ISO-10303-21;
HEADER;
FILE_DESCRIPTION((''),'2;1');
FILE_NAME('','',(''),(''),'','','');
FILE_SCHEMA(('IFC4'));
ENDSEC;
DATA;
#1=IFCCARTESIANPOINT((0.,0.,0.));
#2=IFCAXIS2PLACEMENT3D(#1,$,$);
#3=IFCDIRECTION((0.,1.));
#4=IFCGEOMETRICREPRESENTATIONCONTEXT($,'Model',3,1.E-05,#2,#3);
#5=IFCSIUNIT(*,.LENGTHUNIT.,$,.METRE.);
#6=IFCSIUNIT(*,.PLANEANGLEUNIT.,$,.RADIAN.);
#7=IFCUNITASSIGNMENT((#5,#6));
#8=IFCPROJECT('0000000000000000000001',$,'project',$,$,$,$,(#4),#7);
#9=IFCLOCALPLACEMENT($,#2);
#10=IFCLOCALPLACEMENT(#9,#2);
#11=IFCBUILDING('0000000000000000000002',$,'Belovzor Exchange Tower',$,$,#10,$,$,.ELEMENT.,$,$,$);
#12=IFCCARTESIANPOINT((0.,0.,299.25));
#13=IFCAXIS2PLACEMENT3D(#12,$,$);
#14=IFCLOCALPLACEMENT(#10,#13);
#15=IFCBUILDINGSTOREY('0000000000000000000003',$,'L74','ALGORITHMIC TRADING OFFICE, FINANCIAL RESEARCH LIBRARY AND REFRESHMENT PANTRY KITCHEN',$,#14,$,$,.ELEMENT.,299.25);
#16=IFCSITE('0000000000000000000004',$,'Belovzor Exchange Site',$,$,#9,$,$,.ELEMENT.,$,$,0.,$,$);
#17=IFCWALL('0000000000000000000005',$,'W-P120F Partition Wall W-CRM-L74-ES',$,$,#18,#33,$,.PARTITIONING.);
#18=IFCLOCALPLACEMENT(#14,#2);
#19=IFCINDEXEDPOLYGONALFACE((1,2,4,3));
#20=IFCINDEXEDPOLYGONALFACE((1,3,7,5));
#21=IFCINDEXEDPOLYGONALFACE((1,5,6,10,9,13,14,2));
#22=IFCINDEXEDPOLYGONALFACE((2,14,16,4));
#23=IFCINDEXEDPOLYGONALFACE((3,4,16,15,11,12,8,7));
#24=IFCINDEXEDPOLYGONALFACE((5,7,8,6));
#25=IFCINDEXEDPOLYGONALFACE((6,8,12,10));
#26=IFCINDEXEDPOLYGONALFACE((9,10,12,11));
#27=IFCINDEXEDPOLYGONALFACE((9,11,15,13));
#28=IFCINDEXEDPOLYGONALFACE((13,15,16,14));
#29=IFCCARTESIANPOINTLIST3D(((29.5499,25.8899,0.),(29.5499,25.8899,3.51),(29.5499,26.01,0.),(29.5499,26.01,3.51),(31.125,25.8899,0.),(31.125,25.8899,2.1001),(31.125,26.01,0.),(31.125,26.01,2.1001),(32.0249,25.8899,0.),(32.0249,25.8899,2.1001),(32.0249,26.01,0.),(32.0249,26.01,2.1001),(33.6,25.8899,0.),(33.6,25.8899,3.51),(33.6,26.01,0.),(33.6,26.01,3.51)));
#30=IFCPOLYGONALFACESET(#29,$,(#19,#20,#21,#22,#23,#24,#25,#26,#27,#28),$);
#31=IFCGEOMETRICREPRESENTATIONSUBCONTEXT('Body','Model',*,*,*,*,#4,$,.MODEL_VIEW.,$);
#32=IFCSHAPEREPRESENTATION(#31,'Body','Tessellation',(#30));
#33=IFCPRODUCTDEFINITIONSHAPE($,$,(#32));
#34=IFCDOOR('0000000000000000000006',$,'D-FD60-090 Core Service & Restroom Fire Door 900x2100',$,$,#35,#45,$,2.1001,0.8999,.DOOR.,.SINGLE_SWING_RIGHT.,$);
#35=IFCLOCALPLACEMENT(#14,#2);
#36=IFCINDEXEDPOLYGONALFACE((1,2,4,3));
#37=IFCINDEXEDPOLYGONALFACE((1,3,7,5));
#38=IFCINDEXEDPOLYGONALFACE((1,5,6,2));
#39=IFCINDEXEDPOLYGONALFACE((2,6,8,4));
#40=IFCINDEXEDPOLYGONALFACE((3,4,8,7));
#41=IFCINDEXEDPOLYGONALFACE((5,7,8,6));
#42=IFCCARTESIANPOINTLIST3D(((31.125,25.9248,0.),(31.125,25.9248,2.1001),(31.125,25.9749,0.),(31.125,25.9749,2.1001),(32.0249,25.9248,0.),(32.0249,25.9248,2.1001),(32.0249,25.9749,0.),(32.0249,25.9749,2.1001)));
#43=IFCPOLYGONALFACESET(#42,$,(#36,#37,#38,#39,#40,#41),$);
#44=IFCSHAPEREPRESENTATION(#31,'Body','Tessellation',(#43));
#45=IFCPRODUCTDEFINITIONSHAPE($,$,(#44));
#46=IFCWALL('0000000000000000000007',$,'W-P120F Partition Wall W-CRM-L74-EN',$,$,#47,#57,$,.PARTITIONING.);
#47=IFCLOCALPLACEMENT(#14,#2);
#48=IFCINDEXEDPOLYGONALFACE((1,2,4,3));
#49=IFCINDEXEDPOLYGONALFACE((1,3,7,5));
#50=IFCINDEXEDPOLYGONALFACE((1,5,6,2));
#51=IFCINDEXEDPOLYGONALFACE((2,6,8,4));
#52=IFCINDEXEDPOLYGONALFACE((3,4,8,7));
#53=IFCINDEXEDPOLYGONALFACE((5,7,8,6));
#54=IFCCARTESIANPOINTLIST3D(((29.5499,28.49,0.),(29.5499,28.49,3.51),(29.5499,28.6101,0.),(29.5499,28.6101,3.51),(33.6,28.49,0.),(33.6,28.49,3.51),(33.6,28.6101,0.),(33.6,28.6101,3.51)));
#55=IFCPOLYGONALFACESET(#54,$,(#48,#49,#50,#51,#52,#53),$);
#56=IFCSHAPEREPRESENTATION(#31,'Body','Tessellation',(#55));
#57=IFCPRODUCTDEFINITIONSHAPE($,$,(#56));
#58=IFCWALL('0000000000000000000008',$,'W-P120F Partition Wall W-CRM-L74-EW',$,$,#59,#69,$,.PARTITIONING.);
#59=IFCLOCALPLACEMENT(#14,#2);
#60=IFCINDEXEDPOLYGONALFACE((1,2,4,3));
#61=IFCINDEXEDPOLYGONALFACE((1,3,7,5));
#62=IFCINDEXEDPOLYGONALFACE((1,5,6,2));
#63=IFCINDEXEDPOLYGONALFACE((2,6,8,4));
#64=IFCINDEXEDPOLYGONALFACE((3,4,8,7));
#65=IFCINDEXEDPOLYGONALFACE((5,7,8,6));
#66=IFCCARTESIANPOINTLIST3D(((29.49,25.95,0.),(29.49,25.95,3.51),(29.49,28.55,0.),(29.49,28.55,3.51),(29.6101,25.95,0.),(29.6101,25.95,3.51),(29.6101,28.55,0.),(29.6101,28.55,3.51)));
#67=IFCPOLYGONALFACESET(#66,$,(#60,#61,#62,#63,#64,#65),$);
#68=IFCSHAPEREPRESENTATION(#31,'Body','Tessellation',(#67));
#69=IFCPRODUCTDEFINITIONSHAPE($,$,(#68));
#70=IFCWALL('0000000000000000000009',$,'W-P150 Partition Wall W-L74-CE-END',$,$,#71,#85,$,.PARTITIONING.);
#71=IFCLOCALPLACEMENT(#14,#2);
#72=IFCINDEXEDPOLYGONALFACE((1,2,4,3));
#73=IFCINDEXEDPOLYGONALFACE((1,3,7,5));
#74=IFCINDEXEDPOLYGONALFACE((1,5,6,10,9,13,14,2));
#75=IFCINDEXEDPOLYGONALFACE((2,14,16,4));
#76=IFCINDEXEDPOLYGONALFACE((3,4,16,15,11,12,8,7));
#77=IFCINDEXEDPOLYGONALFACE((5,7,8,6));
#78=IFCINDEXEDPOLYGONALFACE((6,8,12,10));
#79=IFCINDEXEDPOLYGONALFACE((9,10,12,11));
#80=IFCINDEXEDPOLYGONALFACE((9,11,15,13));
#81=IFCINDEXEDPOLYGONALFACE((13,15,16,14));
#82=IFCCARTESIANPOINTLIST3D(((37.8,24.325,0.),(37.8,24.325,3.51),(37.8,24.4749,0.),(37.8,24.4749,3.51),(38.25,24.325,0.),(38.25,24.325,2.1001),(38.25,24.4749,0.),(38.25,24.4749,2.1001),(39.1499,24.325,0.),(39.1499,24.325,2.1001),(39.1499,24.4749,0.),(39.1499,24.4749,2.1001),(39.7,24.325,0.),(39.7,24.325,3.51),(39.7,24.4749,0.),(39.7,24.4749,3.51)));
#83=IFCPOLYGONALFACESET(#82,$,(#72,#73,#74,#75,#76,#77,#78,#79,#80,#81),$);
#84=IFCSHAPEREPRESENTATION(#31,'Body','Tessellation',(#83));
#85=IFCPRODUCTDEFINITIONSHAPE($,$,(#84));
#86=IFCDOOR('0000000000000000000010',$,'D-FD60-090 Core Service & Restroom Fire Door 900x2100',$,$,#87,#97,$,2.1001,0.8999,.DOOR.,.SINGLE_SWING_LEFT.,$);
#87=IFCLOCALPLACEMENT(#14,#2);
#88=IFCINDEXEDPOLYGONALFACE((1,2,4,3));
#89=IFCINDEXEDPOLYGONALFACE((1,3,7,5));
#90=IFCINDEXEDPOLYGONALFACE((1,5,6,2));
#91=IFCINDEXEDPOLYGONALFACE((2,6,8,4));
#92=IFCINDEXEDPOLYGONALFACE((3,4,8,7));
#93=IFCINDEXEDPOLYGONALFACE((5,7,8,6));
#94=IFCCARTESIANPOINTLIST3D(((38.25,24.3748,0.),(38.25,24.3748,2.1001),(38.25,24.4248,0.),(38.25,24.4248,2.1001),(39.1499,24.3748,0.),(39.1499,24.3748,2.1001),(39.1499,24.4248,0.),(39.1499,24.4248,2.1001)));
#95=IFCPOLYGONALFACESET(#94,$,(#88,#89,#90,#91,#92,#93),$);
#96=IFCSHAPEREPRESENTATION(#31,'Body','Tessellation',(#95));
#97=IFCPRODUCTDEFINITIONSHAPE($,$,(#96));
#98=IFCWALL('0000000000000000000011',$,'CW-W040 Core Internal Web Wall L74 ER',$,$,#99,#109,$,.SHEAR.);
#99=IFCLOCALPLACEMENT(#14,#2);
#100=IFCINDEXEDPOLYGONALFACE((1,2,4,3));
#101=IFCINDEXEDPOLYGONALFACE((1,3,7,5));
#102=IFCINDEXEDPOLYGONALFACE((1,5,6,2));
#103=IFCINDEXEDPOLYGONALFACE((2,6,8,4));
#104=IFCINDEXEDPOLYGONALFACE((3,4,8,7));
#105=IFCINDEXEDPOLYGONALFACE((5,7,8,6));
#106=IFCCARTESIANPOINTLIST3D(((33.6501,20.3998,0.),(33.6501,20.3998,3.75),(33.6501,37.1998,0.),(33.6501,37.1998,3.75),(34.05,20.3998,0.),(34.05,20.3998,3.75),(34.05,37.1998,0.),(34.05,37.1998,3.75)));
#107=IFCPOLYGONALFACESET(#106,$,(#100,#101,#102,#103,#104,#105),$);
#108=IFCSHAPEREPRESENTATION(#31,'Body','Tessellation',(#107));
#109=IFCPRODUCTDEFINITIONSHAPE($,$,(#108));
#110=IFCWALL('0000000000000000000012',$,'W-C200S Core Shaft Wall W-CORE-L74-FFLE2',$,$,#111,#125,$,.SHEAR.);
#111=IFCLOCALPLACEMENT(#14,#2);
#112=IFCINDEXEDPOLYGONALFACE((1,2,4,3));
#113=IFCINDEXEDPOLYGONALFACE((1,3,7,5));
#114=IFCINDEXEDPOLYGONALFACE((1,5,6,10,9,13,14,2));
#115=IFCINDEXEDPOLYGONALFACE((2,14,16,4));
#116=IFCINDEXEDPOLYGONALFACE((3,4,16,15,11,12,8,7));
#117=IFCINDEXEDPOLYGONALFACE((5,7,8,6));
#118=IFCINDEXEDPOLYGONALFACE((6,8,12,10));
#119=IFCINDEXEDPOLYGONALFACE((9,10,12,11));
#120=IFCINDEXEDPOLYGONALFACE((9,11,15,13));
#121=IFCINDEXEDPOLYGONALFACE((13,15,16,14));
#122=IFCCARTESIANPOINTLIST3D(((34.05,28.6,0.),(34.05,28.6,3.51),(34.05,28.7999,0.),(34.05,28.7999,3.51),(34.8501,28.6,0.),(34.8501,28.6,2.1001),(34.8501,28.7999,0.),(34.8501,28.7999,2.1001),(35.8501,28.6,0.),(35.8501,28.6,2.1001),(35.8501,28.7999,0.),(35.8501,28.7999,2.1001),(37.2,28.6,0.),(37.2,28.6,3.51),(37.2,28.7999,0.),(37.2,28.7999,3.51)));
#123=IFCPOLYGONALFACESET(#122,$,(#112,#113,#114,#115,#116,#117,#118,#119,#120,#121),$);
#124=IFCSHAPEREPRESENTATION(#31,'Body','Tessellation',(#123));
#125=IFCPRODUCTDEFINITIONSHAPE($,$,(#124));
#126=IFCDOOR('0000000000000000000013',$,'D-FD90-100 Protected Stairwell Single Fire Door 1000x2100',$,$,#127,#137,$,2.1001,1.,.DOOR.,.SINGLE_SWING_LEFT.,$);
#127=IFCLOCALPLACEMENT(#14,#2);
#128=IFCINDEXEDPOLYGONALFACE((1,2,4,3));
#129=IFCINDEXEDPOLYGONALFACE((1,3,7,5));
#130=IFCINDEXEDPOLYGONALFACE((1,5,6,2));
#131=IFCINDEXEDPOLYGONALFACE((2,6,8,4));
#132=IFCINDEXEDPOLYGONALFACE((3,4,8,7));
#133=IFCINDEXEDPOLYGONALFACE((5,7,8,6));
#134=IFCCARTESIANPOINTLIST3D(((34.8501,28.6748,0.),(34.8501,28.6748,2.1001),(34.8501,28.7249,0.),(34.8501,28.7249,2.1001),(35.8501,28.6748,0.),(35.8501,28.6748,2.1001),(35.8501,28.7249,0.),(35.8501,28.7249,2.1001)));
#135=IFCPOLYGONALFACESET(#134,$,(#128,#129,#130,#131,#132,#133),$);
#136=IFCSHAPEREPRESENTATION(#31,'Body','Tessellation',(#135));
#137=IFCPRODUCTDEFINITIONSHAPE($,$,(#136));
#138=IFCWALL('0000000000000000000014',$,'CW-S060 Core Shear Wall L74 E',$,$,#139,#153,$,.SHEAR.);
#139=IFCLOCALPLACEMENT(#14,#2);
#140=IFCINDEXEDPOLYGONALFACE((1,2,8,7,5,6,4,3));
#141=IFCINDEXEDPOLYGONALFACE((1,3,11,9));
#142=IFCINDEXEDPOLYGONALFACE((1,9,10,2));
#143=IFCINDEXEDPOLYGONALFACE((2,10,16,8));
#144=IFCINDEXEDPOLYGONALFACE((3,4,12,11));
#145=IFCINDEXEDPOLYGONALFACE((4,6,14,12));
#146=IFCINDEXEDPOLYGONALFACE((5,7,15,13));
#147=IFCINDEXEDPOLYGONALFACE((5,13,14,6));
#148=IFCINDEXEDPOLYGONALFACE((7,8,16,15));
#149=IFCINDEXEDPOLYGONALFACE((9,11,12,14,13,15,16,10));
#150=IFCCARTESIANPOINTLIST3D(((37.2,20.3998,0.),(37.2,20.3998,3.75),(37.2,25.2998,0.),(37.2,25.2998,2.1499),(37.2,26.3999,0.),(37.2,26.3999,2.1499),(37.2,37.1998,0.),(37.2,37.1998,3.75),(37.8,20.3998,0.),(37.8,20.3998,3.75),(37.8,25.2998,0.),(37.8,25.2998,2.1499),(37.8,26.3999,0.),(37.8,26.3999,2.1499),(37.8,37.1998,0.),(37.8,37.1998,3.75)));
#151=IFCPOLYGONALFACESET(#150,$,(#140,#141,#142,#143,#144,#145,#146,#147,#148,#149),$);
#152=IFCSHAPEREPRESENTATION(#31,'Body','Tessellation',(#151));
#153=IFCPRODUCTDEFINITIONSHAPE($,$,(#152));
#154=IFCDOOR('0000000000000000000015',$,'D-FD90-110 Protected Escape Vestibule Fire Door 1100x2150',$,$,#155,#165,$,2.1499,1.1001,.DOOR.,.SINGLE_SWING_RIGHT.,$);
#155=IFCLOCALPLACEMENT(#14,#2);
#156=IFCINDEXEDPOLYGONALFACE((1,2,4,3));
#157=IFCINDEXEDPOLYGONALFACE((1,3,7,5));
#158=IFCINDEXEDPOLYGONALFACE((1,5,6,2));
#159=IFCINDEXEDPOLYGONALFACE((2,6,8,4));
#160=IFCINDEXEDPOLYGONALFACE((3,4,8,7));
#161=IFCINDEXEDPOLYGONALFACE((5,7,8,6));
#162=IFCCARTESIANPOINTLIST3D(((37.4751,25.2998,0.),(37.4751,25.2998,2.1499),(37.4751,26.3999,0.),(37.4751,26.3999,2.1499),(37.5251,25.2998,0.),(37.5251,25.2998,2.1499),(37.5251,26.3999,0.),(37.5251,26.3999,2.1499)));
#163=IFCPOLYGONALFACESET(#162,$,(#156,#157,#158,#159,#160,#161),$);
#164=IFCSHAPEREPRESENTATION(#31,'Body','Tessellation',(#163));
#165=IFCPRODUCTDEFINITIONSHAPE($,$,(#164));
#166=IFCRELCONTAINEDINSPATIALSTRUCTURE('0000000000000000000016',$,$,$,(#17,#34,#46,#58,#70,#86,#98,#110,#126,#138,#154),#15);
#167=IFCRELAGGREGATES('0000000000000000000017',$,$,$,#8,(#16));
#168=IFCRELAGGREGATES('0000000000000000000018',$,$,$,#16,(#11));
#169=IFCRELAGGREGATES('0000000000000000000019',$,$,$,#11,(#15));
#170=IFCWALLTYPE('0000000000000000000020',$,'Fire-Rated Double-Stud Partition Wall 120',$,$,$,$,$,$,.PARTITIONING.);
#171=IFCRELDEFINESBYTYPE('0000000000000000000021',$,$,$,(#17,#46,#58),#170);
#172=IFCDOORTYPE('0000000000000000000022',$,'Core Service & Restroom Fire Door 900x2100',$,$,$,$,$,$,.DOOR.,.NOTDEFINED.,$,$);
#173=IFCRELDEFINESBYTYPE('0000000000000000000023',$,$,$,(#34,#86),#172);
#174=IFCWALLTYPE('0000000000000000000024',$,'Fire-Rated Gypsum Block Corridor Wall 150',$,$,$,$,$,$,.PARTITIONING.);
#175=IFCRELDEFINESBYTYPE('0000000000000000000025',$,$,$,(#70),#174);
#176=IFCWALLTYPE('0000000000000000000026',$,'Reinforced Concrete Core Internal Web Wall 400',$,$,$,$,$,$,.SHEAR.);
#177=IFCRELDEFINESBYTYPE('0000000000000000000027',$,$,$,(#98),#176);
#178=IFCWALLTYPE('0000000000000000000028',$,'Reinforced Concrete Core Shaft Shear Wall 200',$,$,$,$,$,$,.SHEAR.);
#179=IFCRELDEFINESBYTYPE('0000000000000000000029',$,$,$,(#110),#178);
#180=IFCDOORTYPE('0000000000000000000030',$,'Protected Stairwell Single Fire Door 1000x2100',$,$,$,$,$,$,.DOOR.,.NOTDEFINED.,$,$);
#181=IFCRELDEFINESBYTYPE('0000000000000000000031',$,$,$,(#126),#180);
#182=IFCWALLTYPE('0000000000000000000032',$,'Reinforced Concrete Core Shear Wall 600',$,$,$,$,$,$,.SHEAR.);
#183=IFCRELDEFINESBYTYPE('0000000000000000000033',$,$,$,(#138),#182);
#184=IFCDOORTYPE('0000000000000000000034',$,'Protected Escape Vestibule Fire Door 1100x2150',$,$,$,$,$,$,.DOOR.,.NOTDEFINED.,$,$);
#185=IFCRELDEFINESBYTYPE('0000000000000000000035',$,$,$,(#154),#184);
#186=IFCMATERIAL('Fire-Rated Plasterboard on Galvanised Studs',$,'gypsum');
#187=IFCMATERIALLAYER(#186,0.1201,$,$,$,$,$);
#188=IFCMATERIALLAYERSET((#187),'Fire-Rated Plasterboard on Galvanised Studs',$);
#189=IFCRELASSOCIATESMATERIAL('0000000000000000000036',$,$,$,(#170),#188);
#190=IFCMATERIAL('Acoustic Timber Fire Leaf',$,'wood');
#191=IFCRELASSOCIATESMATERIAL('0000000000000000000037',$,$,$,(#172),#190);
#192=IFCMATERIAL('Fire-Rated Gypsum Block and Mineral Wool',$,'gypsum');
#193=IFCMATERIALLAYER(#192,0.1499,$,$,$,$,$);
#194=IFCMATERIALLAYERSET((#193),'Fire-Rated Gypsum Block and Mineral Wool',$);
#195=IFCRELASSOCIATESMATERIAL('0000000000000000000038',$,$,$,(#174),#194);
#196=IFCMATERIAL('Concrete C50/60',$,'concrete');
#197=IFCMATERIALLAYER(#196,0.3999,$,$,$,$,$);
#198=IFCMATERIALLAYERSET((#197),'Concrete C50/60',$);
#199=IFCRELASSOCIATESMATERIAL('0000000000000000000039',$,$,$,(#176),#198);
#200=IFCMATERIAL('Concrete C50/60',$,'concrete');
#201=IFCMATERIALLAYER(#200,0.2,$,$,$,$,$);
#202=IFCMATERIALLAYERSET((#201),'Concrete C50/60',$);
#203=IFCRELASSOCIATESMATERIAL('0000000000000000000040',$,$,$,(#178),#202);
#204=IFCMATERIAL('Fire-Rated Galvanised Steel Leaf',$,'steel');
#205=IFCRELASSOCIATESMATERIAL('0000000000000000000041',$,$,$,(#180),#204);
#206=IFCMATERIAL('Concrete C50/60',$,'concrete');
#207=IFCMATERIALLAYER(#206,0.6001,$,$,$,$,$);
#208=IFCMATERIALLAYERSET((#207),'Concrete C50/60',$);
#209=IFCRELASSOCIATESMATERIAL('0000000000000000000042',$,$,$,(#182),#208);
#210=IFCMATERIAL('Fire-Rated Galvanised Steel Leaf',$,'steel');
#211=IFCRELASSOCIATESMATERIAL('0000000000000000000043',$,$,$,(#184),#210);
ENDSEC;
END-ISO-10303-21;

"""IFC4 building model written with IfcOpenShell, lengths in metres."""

from ifc_helpers import new_model, si_unit, direction, frame, frame_2d, origin, place, context, subcontext, project, spatial, rectangle, extrude, material, layer, layer_set, type_object, element, fill, save


model = new_model("IFC4")

# Units and contexts
model_context = context("Model", 3, precision=1e-05, world=origin(), true_north=direction((0.0, 1.0)))
body_context = subcontext(model_context, "Body", "Model", "MODEL_VIEW")
ifc_project = project(units=[si_unit("LENGTHUNIT", "METRE"), si_unit("PLANEANGLEUNIT", "RADIAN")], contexts=[model_context])

# Site, building, storey
site_placement = place(None, origin())
site = spatial("IfcSite", under=ifc_project, at=site_placement, Name="Belovzor Exchange Site", CompositionType="ELEMENT", RefElevation=0.0)
building_placement = place(site_placement, origin())
building = spatial("IfcBuilding", under=site, at=building_placement, Name="Belovzor Exchange Tower", CompositionType="ELEMENT")
storey_placement = place(building_placement, frame((0.0, 0.0, 299.25)))
storey = spatial("IfcBuildingStorey", under=building, at=storey_placement, Name="L74", Description="ALGORITHMIC TRADING OFFICE, FINANCIAL RESEARCH LIBRARY AND REFRESHMENT PANTRY KITCHEN", CompositionType="ELEMENT", Elevation=299.25)

# Shared definitions
ifc_material_1 = material(Name="Fire-Rated Plasterboard on Galvanised Studs", Category="gypsum")
ifc_layer_1 = layer(ifc_material_1, 0.1201)
ifc_layer_set_1 = layer_set([ifc_layer_1], Name="Fire-Rated Plasterboard on Galvanised Studs")
wall_type_1 = type_object("IfcWallType", Name="Fire-Rated Double-Stud Partition Wall 120", PredefinedType="PARTITIONING", material=ifc_layer_set_1)

# Shared definitions
ifc_material_2 = material(Name="Acoustic Timber Fire Leaf", Category="wood")
door_type_1 = type_object("IfcDoorType", Name="Core Service & Restroom Fire Door 900x2100", OperationType="NOTDEFINED", PredefinedType="DOOR", material=ifc_material_2)

# Wall, opening, door
wall_1_placement = place(storey_placement, frame((29.55, 25.95, 0.0), z_axis=(0.0, 0.0, 1.0), x_axis=(1.0, 0.0, 0.0)))
wall_1 = element("IfcWall", 1, at=wall_1_placement, inside=storey, type_object=wall_type_1, Name="W-P120F Partition Wall W-CRM-L74-ES", PredefinedType="PARTITIONING", context=body_context, shape_type="SweptSolid", body=[
    extrude(rectangle(XDim=4.05, YDim=0.1201, at=frame_2d((2.0249, 0.0))), origin(), (0.0, 0.0, 1.0), 3.51),
])
opening_1_placement = place(wall_1_placement, frame((1.575, 0.0, 0.0)))
opening_1 = element("IfcOpeningElement", 2, at=opening_1_placement, cuts=wall_1, PredefinedType="OPENING", context=body_context, shape_type="SweptSolid", body=[
    extrude(rectangle(XDim=0.8999, YDim=2.1001, at=frame_2d((0.45, 1.05))), frame((0.0, 0.0701, 0.0), z_axis=(0.0, -1.0, 0.0), x_axis=(1.0, 0.0, 0.0)), (0.0, 0.0, 1.0), 0.1401),
])
door_1_placement = place(opening_1_placement, origin())
door_1 = element("IfcDoor", 3, at=door_1_placement, inside=storey, type_object=door_type_1, Name="D-FD60-090 Core Service & Restroom Fire Door 900x2100", OperationType="SINGLE_SWING_RIGHT", OverallHeight=2.1001, OverallWidth=0.8999, PredefinedType="DOOR", context=body_context, shape_type="SweptSolid", body=[
    extrude(rectangle(XDim=0.8999, YDim=2.1001, at=frame_2d((0.45, 1.05))), frame((0.0, 0.0249, 0.0), z_axis=(0.0, -1.0, 0.0), x_axis=(1.0, 0.0, 0.0)), (0.0, 0.0, 1.0), 0.05),
])
fill(opening_1, door_1)

# Walls
wall_2_placement = place(storey_placement, frame((29.55, 28.55, 0.0), z_axis=(0.0, 0.0, 1.0), x_axis=(1.0, 0.0, 0.0)))
element("IfcWall", 4, at=wall_2_placement, inside=storey, type_object=wall_type_1, Name="W-P120F Partition Wall W-CRM-L74-EN", PredefinedType="PARTITIONING", context=body_context, shape_type="SweptSolid", body=[
    extrude(rectangle(XDim=4.05, YDim=0.1201, at=frame_2d((2.0249, 0.0))), origin(), (0.0, 0.0, 1.0), 3.51),
])
wall_3_placement = place(storey_placement, frame((29.55, 25.95, 0.0), z_axis=(0.0, 0.0, 1.0), x_axis=(0.0, 1.0, 0.0)))
element("IfcWall", 5, at=wall_3_placement, inside=storey, type_object=wall_type_1, Name="W-P120F Partition Wall W-CRM-L74-EW", PredefinedType="PARTITIONING", context=body_context, shape_type="SweptSolid", body=[
    extrude(rectangle(XDim=2.6001, YDim=0.1201, at=frame_2d((1.3, 0.0))), origin(), (0.0, 0.0, 1.0), 3.51),
])

# Wall, opening, door
ifc_material_3 = material(Name="Fire-Rated Gypsum Block and Mineral Wool", Category="gypsum")
ifc_layer_2 = layer(ifc_material_3, 0.1499)
ifc_layer_set_2 = layer_set([ifc_layer_2], Name="Fire-Rated Gypsum Block and Mineral Wool")
wall_type_2 = type_object("IfcWallType", Name="Fire-Rated Gypsum Block Corridor Wall 150", PredefinedType="PARTITIONING", material=ifc_layer_set_2)
wall_4_placement = place(storey_placement, frame((37.8, 24.3999, 0.0), z_axis=(0.0, 0.0, 1.0), x_axis=(1.0, 0.0, 0.0)))
wall_4 = element("IfcWall", 6, at=wall_4_placement, inside=storey, type_object=wall_type_2, Name="W-P150 Partition Wall W-L74-CE-END", PredefinedType="PARTITIONING", context=body_context, shape_type="SweptSolid", body=[
    extrude(rectangle(XDim=1.8999, YDim=0.1499, at=frame_2d((0.95, 0.0))), origin(), (0.0, 0.0, 1.0), 3.51),
])
opening_2_placement = place(wall_4_placement, frame((0.45, 0.0, 0.0)))
opening_2 = element("IfcOpeningElement", 7, at=opening_2_placement, cuts=wall_4, PredefinedType="OPENING", context=body_context, shape_type="SweptSolid", body=[
    extrude(rectangle(XDim=0.8999, YDim=2.1001, at=frame_2d((0.45, 1.05))), frame((0.0, 0.085, 0.0), z_axis=(0.0, -1.0, 0.0), x_axis=(1.0, 0.0, 0.0)), (0.0, 0.0, 1.0), 0.1699),
])
door_2_placement = place(opening_2_placement, origin())
door_2 = element("IfcDoor", 8, at=door_2_placement, inside=storey, type_object=door_type_1, Name="D-FD60-090 Core Service & Restroom Fire Door 900x2100", OperationType="SINGLE_SWING_LEFT", OverallHeight=2.1001, OverallWidth=0.8999, PredefinedType="DOOR", context=body_context, shape_type="SweptSolid", body=[
    extrude(rectangle(XDim=0.8999, YDim=2.1001, at=frame_2d((0.45, 1.05))), frame((0.0, 0.0249, 0.0), z_axis=(0.0, -1.0, 0.0), x_axis=(1.0, 0.0, 0.0)), (0.0, 0.0, 1.0), 0.05),
])
fill(opening_2, door_2)

# Wall
ifc_material_4 = material(Name="Concrete C50/60", Category="concrete")
ifc_layer_3 = layer(ifc_material_4, 0.3999)
ifc_layer_set_3 = layer_set([ifc_layer_3], Name="Concrete C50/60")
wall_type_3 = type_object("IfcWallType", Name="Reinforced Concrete Core Internal Web Wall 400", PredefinedType="SHEAR", material=ifc_layer_set_3)
wall_5_placement = place(storey_placement, frame((33.8501, 20.3999, 0.0), z_axis=(0.0, 0.0, 1.0), x_axis=(0.0, 1.0, 0.0)))
element("IfcWall", 9, at=wall_5_placement, inside=storey, type_object=wall_type_3, Name="CW-W040 Core Internal Web Wall L74 ER", PredefinedType="SHEAR", context=body_context, shape_type="SweptSolid", body=[
    extrude(rectangle(XDim=16.8, YDim=0.3999, at=frame_2d((8.3999, 0.0))), origin(), (0.0, 0.0, 1.0), 3.75),
])

# Walls, openings, doors
ifc_material_5 = material(Name="Concrete C50/60", Category="concrete")
ifc_layer_4 = layer(ifc_material_5, 0.2)
ifc_layer_set_4 = layer_set([ifc_layer_4], Name="Concrete C50/60")
wall_type_4 = type_object("IfcWallType", Name="Reinforced Concrete Core Shaft Shear Wall 200", PredefinedType="SHEAR", material=ifc_layer_set_4)
wall_6_placement = place(storey_placement, frame((34.05, 28.7, 0.0), z_axis=(0.0, 0.0, 1.0), x_axis=(1.0, 0.0, 0.0)))
wall_6 = element("IfcWall", 10, at=wall_6_placement, inside=storey, type_object=wall_type_4, Name="W-C200S Core Shaft Wall W-CORE-L74-FFLE2", PredefinedType="SHEAR", context=body_context, shape_type="SweptSolid", body=[
    extrude(rectangle(XDim=3.1499, YDim=0.2, at=frame_2d((1.575, 0.0))), origin(), (0.0, 0.0, 1.0), 3.51),
])
opening_3_placement = place(wall_6_placement, frame((0.8, 0.0, 0.0)))
opening_3 = element("IfcOpeningElement", 11, at=opening_3_placement, cuts=wall_6, PredefinedType="OPENING", context=body_context, shape_type="SweptSolid", body=[
    extrude(rectangle(XDim=1.0, YDim=2.1001, at=frame_2d((0.5, 1.05))), frame((0.0, 0.1099, 0.0), z_axis=(0.0, -1.0, 0.0), x_axis=(1.0, 0.0, 0.0)), (0.0, 0.0, 1.0), 0.22),
])
ifc_material_6 = material(Name="Fire-Rated Galvanised Steel Leaf", Category="steel")
door_type_2 = type_object("IfcDoorType", Name="Protected Stairwell Single Fire Door 1000x2100", OperationType="NOTDEFINED", PredefinedType="DOOR", material=ifc_material_6)
door_3_placement = place(opening_3_placement, origin())
door_3 = element("IfcDoor", 12, at=door_3_placement, inside=storey, type_object=door_type_2, Name="D-FD90-100 Protected Stairwell Single Fire Door 1000x2100", OperationType="SINGLE_SWING_LEFT", OverallHeight=2.1001, OverallWidth=1.0, PredefinedType="DOOR", context=body_context, shape_type="SweptSolid", body=[
    extrude(rectangle(XDim=1.0, YDim=2.1001, at=frame_2d((0.5, 1.05))), frame((0.0, 0.0249, 0.0), z_axis=(0.0, -1.0, 0.0), x_axis=(1.0, 0.0, 0.0)), (0.0, 0.0, 1.0), 0.05),
])
fill(opening_3, door_3)
ifc_material_7 = material(Name="Concrete C50/60", Category="concrete")
ifc_layer_5 = layer(ifc_material_7, 0.6001)
ifc_layer_set_5 = layer_set([ifc_layer_5], Name="Concrete C50/60")
wall_type_5 = type_object("IfcWallType", Name="Reinforced Concrete Core Shear Wall 600", PredefinedType="SHEAR", material=ifc_layer_set_5)
wall_7_placement = place(storey_placement, frame((37.5, 20.3999, 0.0), z_axis=(0.0, 0.0, 1.0), x_axis=(0.0, 1.0, 0.0)))
wall_7 = element("IfcWall", 13, at=wall_7_placement, inside=storey, type_object=wall_type_5, Name="CW-S060 Core Shear Wall L74 E", PredefinedType="SHEAR", context=body_context, shape_type="SweptSolid", body=[
    extrude(rectangle(XDim=16.8, YDim=0.6001, at=frame_2d((8.3999, 0.0))), origin(), (0.0, 0.0, 1.0), 3.75),
])
opening_4_placement = place(wall_7_placement, frame((4.8999, 0.0, 0.0)))
opening_4 = element("IfcOpeningElement", 14, at=opening_4_placement, cuts=wall_7, PredefinedType="OPENING", context=body_context, shape_type="SweptSolid", body=[
    extrude(rectangle(XDim=1.1001, YDim=2.1499, at=frame_2d((0.55, 1.075))), frame((0.0, 0.3101, 0.0), z_axis=(0.0, -1.0, 0.0), x_axis=(1.0, 0.0, 0.0)), (0.0, 0.0, 1.0), 0.6201),
])
ifc_material_8 = material(Name="Fire-Rated Galvanised Steel Leaf", Category="steel")
door_type_3 = type_object("IfcDoorType", Name="Protected Escape Vestibule Fire Door 1100x2150", OperationType="NOTDEFINED", PredefinedType="DOOR", material=ifc_material_8)
door_4_placement = place(opening_4_placement, origin())
door_4 = element("IfcDoor", 15, at=door_4_placement, inside=storey, type_object=door_type_3, Name="D-FD90-110 Protected Escape Vestibule Fire Door 1100x2150", OperationType="SINGLE_SWING_RIGHT", OverallHeight=2.1499, OverallWidth=1.1001, PredefinedType="DOOR", context=body_context, shape_type="SweptSolid", body=[
    extrude(rectangle(XDim=1.1001, YDim=2.1499, at=frame_2d((0.55, 1.075))), frame((0.0, 0.0249, 0.0), z_axis=(0.0, -1.0, 0.0), x_axis=(1.0, 0.0, 0.0)), (0.0, 0.0, 1.0), 0.05),
])
fill(opening_4, door_4)

save(model, "model.ifc")
